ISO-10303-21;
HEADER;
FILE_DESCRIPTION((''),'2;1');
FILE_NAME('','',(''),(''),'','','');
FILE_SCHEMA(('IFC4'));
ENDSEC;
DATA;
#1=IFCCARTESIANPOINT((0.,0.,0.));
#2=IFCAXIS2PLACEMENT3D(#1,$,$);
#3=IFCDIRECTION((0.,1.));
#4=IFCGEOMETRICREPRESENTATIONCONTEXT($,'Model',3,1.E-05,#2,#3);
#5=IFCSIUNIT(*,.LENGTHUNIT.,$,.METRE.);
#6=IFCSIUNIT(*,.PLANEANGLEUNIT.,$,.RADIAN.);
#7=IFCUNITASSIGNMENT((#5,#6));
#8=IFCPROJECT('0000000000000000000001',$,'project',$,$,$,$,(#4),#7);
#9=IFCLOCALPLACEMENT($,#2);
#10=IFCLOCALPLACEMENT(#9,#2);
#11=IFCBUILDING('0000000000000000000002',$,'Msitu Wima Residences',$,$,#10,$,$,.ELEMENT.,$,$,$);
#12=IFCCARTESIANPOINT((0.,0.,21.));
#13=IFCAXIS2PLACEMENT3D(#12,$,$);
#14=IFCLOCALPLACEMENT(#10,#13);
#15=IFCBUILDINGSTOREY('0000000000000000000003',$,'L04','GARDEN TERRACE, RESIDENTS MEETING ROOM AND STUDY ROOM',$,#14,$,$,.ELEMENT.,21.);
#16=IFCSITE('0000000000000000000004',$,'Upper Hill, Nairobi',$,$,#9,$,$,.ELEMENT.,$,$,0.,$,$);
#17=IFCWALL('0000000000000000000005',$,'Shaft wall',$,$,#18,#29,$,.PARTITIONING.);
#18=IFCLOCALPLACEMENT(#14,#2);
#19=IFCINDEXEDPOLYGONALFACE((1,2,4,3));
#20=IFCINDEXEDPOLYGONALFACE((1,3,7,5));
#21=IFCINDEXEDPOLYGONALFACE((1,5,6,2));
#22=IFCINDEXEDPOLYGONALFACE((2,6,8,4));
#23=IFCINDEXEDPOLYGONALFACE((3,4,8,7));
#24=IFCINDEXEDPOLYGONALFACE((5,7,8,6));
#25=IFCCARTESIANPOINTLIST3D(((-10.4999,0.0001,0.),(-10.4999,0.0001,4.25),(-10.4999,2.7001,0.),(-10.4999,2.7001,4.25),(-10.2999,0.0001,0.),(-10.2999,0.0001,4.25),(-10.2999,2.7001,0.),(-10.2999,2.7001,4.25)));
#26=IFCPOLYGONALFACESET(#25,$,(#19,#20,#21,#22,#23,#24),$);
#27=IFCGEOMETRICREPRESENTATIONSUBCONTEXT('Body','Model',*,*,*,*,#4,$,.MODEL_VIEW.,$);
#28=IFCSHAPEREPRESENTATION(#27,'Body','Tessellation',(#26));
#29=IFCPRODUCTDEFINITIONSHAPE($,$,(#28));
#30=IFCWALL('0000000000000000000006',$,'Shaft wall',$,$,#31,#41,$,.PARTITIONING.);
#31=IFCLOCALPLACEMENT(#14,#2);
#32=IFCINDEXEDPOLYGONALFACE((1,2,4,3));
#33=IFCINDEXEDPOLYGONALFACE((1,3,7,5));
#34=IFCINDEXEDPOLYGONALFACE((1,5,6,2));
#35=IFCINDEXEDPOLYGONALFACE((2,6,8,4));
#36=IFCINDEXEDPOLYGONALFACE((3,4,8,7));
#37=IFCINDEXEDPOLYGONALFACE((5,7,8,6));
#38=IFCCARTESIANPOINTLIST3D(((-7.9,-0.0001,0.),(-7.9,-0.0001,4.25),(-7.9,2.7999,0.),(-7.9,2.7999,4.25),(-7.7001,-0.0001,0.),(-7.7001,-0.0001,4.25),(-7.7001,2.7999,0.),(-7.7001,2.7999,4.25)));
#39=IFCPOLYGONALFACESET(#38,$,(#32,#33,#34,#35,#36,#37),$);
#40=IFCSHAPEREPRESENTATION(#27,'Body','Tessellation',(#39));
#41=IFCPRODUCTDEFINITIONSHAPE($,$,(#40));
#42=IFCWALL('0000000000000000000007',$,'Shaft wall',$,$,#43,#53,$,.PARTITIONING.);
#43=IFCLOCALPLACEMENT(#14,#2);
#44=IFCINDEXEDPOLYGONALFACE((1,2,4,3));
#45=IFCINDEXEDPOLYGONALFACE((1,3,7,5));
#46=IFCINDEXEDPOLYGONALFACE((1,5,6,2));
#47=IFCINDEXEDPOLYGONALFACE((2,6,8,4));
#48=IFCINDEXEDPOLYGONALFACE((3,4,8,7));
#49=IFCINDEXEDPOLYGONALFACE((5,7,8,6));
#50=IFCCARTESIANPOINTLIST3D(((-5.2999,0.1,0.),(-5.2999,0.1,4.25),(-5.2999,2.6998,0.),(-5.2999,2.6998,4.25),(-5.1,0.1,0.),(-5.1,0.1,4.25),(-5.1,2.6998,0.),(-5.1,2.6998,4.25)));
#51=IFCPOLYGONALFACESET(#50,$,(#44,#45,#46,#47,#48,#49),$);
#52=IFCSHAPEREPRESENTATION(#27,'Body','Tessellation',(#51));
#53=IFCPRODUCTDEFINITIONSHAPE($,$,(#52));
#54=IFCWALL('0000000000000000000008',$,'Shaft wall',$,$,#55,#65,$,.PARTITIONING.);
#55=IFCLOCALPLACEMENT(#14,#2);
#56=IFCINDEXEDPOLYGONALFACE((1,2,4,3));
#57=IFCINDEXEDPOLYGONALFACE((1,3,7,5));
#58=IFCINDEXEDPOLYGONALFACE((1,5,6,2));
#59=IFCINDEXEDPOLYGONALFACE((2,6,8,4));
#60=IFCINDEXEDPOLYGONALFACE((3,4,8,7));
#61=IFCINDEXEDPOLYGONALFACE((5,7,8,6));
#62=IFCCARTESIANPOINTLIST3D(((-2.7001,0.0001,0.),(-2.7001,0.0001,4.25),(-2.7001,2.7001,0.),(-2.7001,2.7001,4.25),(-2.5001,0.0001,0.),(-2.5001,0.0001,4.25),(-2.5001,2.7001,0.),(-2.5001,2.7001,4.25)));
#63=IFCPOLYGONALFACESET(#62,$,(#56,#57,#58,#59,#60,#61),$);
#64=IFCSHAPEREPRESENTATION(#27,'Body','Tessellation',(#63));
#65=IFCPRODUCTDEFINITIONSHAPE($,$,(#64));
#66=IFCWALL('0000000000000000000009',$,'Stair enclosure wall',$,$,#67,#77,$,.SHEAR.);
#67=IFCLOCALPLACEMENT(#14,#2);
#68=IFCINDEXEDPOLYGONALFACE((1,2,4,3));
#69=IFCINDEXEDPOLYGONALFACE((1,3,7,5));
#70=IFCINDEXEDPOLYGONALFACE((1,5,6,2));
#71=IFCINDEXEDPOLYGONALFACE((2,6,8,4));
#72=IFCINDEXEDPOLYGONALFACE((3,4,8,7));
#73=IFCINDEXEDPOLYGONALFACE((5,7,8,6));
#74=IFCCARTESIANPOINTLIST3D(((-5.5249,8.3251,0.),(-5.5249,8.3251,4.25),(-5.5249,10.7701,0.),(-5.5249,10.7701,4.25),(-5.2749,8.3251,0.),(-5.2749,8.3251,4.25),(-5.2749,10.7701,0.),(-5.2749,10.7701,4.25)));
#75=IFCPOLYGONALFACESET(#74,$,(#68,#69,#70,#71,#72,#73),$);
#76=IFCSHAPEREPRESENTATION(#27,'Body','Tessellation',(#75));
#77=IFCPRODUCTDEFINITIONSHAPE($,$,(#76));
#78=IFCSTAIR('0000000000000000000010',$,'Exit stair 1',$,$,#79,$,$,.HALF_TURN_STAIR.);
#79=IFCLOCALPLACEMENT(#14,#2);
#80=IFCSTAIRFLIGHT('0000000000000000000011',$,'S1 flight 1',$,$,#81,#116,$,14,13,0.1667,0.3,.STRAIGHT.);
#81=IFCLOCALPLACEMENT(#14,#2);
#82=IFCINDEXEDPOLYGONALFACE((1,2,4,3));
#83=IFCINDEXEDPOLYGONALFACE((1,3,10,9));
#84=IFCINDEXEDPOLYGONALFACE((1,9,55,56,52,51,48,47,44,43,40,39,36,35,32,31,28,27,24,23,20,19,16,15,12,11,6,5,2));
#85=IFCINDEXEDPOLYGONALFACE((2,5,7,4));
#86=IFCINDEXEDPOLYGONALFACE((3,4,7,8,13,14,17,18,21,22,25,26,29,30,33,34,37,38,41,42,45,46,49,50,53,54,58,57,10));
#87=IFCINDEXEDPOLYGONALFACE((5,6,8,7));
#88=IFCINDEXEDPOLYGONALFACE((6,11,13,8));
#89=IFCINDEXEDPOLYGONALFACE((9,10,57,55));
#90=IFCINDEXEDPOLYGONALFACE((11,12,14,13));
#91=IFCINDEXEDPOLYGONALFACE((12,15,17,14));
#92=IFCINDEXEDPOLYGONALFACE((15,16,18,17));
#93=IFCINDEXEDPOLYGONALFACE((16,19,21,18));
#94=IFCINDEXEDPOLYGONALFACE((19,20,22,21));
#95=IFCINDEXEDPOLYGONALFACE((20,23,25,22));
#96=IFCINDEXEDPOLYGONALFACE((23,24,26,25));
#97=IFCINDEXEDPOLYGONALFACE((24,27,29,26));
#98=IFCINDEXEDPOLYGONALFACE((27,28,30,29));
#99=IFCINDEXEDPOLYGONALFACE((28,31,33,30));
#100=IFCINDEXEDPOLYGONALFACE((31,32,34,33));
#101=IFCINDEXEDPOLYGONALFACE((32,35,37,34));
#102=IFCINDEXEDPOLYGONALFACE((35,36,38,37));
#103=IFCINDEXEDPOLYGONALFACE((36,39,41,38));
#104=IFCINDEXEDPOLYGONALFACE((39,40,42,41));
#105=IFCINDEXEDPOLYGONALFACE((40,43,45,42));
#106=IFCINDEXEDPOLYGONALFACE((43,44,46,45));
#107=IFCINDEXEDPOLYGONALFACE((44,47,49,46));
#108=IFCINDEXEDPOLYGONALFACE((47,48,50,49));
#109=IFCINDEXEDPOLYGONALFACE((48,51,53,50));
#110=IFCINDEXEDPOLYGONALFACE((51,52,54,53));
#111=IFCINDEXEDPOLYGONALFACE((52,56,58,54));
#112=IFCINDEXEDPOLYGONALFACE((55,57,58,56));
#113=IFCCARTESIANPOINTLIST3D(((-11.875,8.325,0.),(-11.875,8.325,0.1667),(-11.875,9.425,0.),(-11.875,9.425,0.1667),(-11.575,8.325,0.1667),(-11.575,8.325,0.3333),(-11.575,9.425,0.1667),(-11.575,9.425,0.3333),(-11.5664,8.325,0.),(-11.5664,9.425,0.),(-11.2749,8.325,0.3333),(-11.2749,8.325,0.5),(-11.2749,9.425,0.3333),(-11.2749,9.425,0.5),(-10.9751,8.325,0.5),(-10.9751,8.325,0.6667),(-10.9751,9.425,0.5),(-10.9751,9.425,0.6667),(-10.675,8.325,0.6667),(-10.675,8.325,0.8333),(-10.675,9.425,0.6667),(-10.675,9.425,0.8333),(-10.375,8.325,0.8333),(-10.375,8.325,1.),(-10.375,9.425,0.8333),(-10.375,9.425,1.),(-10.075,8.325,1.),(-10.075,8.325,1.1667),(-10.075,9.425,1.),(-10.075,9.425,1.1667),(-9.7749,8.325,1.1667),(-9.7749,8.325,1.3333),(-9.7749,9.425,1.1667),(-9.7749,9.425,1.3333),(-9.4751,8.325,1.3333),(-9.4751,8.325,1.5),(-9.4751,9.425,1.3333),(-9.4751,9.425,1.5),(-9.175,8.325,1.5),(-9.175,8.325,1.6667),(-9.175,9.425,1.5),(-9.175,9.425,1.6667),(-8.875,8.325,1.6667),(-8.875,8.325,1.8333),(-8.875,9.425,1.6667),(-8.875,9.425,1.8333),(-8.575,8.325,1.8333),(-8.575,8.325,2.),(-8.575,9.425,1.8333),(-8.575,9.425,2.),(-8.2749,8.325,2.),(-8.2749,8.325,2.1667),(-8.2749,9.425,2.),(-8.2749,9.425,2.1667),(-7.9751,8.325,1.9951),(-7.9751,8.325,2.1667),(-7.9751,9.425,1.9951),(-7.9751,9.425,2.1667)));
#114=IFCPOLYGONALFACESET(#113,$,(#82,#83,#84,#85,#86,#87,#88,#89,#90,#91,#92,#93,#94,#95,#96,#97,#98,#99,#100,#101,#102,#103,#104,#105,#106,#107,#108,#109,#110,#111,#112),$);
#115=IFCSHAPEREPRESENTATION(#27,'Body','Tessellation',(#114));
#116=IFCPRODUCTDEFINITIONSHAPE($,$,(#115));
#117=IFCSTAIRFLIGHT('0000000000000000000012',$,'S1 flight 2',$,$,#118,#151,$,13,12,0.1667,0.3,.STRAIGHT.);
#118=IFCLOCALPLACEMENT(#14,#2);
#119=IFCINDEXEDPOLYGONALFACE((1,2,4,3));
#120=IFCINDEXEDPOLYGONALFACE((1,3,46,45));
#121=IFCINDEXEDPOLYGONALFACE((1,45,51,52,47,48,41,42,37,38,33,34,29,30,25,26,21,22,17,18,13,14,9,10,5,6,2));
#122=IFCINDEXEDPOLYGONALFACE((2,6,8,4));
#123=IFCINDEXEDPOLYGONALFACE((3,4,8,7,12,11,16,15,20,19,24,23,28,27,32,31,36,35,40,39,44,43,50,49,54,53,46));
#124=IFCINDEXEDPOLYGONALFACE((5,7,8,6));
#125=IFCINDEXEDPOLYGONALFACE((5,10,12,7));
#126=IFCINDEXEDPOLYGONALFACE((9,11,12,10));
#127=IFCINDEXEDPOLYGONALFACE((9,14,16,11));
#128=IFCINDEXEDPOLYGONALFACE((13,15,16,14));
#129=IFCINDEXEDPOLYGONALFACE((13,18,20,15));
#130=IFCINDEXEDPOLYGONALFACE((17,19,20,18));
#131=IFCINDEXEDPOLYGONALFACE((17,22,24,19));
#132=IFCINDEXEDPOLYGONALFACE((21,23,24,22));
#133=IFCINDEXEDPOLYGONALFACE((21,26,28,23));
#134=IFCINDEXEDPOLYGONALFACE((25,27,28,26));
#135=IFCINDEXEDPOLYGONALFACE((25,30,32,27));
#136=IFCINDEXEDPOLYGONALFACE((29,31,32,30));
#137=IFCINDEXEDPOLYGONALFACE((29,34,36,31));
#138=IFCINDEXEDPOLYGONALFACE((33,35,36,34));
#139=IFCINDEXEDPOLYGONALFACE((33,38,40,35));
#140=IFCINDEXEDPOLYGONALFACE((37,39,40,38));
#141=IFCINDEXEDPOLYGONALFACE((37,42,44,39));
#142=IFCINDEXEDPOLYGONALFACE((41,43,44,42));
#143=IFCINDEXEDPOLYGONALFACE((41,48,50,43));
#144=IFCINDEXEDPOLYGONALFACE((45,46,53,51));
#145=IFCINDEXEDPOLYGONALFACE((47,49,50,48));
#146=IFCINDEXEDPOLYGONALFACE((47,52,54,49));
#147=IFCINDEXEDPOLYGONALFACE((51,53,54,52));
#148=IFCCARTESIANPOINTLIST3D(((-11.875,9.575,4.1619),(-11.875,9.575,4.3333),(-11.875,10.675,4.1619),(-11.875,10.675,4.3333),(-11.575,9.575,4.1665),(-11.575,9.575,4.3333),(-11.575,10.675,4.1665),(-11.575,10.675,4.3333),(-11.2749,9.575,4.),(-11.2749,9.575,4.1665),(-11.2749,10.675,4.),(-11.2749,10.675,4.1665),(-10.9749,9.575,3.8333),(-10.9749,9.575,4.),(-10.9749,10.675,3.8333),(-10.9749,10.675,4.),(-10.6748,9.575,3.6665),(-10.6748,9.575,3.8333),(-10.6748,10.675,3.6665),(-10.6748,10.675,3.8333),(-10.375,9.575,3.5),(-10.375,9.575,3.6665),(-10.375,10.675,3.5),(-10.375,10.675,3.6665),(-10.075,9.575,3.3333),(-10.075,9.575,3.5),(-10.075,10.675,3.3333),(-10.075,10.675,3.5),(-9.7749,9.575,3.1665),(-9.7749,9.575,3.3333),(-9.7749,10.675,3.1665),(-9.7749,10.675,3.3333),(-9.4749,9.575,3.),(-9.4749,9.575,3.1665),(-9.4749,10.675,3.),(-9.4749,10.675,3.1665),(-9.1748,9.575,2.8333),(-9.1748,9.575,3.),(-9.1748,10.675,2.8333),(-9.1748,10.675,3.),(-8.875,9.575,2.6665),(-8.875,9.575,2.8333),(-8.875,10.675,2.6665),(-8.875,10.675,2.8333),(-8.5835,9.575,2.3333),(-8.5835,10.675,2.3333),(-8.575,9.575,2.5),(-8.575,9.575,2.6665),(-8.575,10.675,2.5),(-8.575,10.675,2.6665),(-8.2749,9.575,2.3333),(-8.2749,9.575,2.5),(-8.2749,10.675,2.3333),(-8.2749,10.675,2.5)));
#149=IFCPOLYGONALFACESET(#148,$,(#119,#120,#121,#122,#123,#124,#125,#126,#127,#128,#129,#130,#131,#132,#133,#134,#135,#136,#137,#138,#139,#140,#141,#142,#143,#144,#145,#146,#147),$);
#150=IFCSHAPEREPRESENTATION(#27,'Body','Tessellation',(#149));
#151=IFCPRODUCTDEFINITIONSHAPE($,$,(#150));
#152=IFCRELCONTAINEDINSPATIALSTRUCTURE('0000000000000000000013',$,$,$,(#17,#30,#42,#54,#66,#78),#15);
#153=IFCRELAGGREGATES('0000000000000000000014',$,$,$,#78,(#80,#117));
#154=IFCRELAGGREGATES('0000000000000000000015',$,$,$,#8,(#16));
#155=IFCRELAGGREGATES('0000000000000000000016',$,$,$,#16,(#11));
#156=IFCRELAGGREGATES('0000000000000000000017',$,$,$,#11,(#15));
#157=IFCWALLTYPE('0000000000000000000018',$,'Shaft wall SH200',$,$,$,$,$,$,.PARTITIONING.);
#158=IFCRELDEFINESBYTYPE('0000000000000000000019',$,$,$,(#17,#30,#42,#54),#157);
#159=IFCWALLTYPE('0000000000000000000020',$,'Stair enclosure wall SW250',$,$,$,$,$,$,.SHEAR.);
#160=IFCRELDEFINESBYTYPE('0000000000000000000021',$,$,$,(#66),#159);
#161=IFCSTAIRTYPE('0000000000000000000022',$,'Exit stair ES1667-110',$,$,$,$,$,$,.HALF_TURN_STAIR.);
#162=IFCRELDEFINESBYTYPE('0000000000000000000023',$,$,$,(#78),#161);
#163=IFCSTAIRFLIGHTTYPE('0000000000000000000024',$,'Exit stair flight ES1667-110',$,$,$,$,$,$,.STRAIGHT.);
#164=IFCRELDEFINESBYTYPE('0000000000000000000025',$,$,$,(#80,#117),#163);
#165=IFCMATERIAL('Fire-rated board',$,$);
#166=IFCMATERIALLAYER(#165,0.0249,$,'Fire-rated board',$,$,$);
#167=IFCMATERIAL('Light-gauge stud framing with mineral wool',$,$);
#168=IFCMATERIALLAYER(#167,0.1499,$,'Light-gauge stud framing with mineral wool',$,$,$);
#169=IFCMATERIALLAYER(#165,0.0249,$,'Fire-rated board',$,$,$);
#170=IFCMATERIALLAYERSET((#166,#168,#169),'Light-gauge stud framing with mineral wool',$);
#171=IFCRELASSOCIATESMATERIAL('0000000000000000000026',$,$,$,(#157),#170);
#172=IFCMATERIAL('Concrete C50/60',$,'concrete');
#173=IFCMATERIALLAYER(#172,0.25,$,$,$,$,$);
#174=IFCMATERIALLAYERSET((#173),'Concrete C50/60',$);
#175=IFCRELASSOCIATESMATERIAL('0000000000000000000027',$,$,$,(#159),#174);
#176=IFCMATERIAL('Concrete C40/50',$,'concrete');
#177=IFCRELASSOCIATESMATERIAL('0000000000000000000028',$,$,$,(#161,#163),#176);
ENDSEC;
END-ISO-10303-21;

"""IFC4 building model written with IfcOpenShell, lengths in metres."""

from ifc_helpers import new_model, si_unit, direction, frame, frame_2d, origin, place, context, subcontext, project, spatial, polyline, rectangle, outline, extrude, material, layer, layer_set, type_object, element, aggregate, save


model = new_model("IFC4")

# Units and contexts
model_context = context("Model", 3, precision=1e-05, world=origin(), true_north=direction((0.0, 1.0)))
body_context = subcontext(model_context, "Body", "Model", "MODEL_VIEW")
ifc_project = project(units=[si_unit("LENGTHUNIT", "METRE"), si_unit("PLANEANGLEUNIT", "RADIAN")], contexts=[model_context])

# Site, building, storey
site_placement = place(None, origin())
site = spatial("IfcSite", under=ifc_project, at=site_placement, Name="Upper Hill, Nairobi", CompositionType="ELEMENT", RefElevation=0.0)
building_placement = place(site_placement, origin())
building = spatial("IfcBuilding", under=site, at=building_placement, Name="Msitu Wima Residences", CompositionType="ELEMENT")
storey_placement = place(building_placement, frame((0.0, 0.0, 21.0)))
storey = spatial("IfcBuildingStorey", under=building, at=storey_placement, Name="L04", Description="GARDEN TERRACE, RESIDENTS MEETING ROOM AND STUDY ROOM", CompositionType="ELEMENT", Elevation=21.0)

# Shared definitions
ifc_material_1 = material(Name="Concrete C40/50", Category="concrete")

# Walls
ifc_material_2 = material(Name="Fire-rated board")
ifc_layer_1 = layer(ifc_material_2, 0.0249, Name="Fire-rated board")
ifc_material_3 = material(Name="Light-gauge stud framing with mineral wool")
ifc_layer_2 = layer(ifc_material_3, 0.1499, Name="Light-gauge stud framing with mineral wool")
ifc_layer_3 = layer(ifc_material_2, 0.0249, Name="Fire-rated board")
ifc_layer_set_1 = layer_set([ifc_layer_1, ifc_layer_2, ifc_layer_3], Name="Light-gauge stud framing with mineral wool")
wall_type_1 = type_object("IfcWallType", Name="Shaft wall SH200", PredefinedType="PARTITIONING", material=ifc_layer_set_1)
wall_1_placement = place(storey_placement, frame((-10.3999, 0.0, 0.0), z_axis=(0.0, 0.0, 1.0), x_axis=(0.0, 1.0, 0.0)))
element("IfcWall", 1, at=wall_1_placement, inside=storey, type_object=wall_type_1, Name="Shaft wall", PredefinedType="PARTITIONING", context=body_context, shape_type="SweptSolid", body=[
    extrude(rectangle(XDim=2.7, YDim=0.2, at=frame_2d((1.3501, 0.0))), origin(), (0.0, 0.0, 1.0), 4.25),
])
wall_2_placement = place(storey_placement, frame((-7.8, 0.0, 0.0), z_axis=(0.0, 0.0, 1.0), x_axis=(0.0, 1.0, 0.0)))
element("IfcWall", 2, at=wall_2_placement, inside=storey, type_object=wall_type_1, Name="Shaft wall", PredefinedType="PARTITIONING", context=body_context, shape_type="SweptSolid", body=[
    extrude(rectangle(XDim=2.8, YDim=0.2, at=frame_2d((1.3999, 0.0))), origin(), (0.0, 0.0, 1.0), 4.25),
])
wall_3_placement = place(storey_placement, frame((-5.2, 0.1001, 0.0), z_axis=(0.0, 0.0, 1.0), x_axis=(0.0, 1.0, 0.0)))
element("IfcWall", 3, at=wall_3_placement, inside=storey, type_object=wall_type_1, Name="Shaft wall", PredefinedType="PARTITIONING", context=body_context, shape_type="SweptSolid", body=[
    extrude(rectangle(XDim=2.5999, YDim=0.2, at=frame_2d((1.2998, 0.0))), origin(), (0.0, 0.0, 1.0), 4.25),
])
wall_4_placement = place(storey_placement, frame((-2.6001, 0.0, 0.0), z_axis=(0.0, 0.0, 1.0), x_axis=(0.0, 1.0, 0.0)))
element("IfcWall", 4, at=wall_4_placement, inside=storey, type_object=wall_type_1, Name="Shaft wall", PredefinedType="PARTITIONING", context=body_context, shape_type="SweptSolid", body=[
    extrude(rectangle(XDim=2.7, YDim=0.2, at=frame_2d((1.3501, 0.0))), origin(), (0.0, 0.0, 1.0), 4.25),
])
ifc_material_4 = material(Name="Concrete C50/60", Category="concrete")
ifc_layer_4 = layer(ifc_material_4, 0.25)
ifc_layer_set_2 = layer_set([ifc_layer_4], Name="Concrete C50/60")
wall_type_2 = type_object("IfcWallType", Name="Stair enclosure wall SW250", PredefinedType="SHEAR", material=ifc_layer_set_2)
wall_5_placement = place(storey_placement, frame((-5.3999, 8.325, 0.0), z_axis=(0.0, 0.0, 1.0), x_axis=(0.0, 1.0, 0.0)))
element("IfcWall", 5, at=wall_5_placement, inside=storey, type_object=wall_type_2, Name="Stair enclosure wall", PredefinedType="SHEAR", context=body_context, shape_type="SweptSolid", body=[
    extrude(rectangle(XDim=2.4451, YDim=0.25, at=frame_2d((1.2227, 0.0))), origin(), (0.0, 0.0, 1.0), 4.25),
])

# Stair, stair flights
stair_type = type_object("IfcStairType", Name="Exit stair ES1667-110", PredefinedType="HALF_TURN_STAIR", material=ifc_material_1)
stair_placement = place(storey_placement, origin())
stair = element("IfcStair", 6, at=stair_placement, inside=storey, type_object=stair_type, Name="Exit stair 1", PredefinedType="HALF_TURN_STAIR")
stair_flight_type = type_object("IfcStairFlightType", Name="Exit stair flight ES1667-110", PredefinedType="STRAIGHT", material=ifc_material_1)
stair_flight_1_placement = place(storey_placement, frame((-11.875, 8.875, 0.0), z_axis=(0.0, 0.0, 1.0), x_axis=(1.0, 0.0, 0.0)))
stair_flight_1 = element("IfcStairFlight", 7, at=stair_flight_1_placement, type_object=stair_flight_type, Name="S1 flight 1", NumberOfRisers=14, NumberOfTreads=13, PredefinedType="STRAIGHT", RiserHeight=0.1667, TreadLength=0.3, context=body_context, shape_type="SweptSolid", body=[
    extrude(outline(polyline([(0.0, 0.0), (0.0, 0.1667), (0.3, 0.1667), (0.3, 0.3333), (0.6001, 0.3333), (0.6001, 0.5), (0.8999, 0.5), (0.8999, 0.6667), (1.2, 0.6667), (1.2, 0.8333), (1.5, 0.8333), (1.5, 1.0), (1.8, 1.0), (1.8, 1.1667), (2.1001, 1.1667), (2.1001, 1.3333), (2.3999, 1.3333), (2.3999, 1.5), (2.7, 1.5), (2.7, 1.6667), (3.0, 1.6667), (3.0, 1.8333), (3.3, 1.8333), (3.3, 2.0), (3.6001, 2.0), (3.6001, 2.1667), (3.8999, 2.1667), (3.8999, 2.3333), (3.8999, 1.9951), (0.3086, 0.0), (0.0, 0.0)])), frame((0.0, 0.55, 0.0), z_axis=(0.0, -1.0, 0.0), x_axis=(1.0, 0.0, 0.0)), (0.0, 0.0, 1.0), 1.1001),
])
stair_flight_2_placement = place(storey_placement, frame((-8.2749, 10.125, 2.3333), z_axis=(0.0, 0.0, 1.0), x_axis=(-1.0, 0.0, 0.0)))
stair_flight_2 = element("IfcStairFlight", 8, at=stair_flight_2_placement, type_object=stair_flight_type, Name="S1 flight 2", NumberOfRisers=13, NumberOfTreads=12, PredefinedType="STRAIGHT", RiserHeight=0.1667, TreadLength=0.3, context=body_context, shape_type="SweptSolid", body=[
    extrude(outline(polyline([(0.0, 0.0), (0.0, 0.1667), (0.3, 0.1667), (0.3, 0.3333), (0.6001, 0.3333), (0.6001, 0.5), (0.8999, 0.5), (0.8999, 0.6667), (1.2, 0.6667), (1.2, 0.8333), (1.5, 0.8333), (1.5, 1.0), (1.8, 1.0), (1.8, 1.1667), (2.1001, 1.1667), (2.1001, 1.3333), (2.3999, 1.3333), (2.3999, 1.5), (2.7, 1.5), (2.7, 1.6667), (3.0, 1.6667), (3.0, 1.8333), (3.3, 1.8333), (3.3, 2.0), (3.6001, 2.0), (3.6001, 2.1667), (3.6001, 1.8286), (0.3086, 0.0), (0.0, 0.0)])), frame((0.0, 0.55, 0.0), z_axis=(0.0, -1.0, 0.0), x_axis=(1.0, 0.0, 0.0)), (0.0, 0.0, 1.0), 1.1001),
])
aggregate(stair, [stair_flight_1, stair_flight_2])

save(model, "model.ifc")
